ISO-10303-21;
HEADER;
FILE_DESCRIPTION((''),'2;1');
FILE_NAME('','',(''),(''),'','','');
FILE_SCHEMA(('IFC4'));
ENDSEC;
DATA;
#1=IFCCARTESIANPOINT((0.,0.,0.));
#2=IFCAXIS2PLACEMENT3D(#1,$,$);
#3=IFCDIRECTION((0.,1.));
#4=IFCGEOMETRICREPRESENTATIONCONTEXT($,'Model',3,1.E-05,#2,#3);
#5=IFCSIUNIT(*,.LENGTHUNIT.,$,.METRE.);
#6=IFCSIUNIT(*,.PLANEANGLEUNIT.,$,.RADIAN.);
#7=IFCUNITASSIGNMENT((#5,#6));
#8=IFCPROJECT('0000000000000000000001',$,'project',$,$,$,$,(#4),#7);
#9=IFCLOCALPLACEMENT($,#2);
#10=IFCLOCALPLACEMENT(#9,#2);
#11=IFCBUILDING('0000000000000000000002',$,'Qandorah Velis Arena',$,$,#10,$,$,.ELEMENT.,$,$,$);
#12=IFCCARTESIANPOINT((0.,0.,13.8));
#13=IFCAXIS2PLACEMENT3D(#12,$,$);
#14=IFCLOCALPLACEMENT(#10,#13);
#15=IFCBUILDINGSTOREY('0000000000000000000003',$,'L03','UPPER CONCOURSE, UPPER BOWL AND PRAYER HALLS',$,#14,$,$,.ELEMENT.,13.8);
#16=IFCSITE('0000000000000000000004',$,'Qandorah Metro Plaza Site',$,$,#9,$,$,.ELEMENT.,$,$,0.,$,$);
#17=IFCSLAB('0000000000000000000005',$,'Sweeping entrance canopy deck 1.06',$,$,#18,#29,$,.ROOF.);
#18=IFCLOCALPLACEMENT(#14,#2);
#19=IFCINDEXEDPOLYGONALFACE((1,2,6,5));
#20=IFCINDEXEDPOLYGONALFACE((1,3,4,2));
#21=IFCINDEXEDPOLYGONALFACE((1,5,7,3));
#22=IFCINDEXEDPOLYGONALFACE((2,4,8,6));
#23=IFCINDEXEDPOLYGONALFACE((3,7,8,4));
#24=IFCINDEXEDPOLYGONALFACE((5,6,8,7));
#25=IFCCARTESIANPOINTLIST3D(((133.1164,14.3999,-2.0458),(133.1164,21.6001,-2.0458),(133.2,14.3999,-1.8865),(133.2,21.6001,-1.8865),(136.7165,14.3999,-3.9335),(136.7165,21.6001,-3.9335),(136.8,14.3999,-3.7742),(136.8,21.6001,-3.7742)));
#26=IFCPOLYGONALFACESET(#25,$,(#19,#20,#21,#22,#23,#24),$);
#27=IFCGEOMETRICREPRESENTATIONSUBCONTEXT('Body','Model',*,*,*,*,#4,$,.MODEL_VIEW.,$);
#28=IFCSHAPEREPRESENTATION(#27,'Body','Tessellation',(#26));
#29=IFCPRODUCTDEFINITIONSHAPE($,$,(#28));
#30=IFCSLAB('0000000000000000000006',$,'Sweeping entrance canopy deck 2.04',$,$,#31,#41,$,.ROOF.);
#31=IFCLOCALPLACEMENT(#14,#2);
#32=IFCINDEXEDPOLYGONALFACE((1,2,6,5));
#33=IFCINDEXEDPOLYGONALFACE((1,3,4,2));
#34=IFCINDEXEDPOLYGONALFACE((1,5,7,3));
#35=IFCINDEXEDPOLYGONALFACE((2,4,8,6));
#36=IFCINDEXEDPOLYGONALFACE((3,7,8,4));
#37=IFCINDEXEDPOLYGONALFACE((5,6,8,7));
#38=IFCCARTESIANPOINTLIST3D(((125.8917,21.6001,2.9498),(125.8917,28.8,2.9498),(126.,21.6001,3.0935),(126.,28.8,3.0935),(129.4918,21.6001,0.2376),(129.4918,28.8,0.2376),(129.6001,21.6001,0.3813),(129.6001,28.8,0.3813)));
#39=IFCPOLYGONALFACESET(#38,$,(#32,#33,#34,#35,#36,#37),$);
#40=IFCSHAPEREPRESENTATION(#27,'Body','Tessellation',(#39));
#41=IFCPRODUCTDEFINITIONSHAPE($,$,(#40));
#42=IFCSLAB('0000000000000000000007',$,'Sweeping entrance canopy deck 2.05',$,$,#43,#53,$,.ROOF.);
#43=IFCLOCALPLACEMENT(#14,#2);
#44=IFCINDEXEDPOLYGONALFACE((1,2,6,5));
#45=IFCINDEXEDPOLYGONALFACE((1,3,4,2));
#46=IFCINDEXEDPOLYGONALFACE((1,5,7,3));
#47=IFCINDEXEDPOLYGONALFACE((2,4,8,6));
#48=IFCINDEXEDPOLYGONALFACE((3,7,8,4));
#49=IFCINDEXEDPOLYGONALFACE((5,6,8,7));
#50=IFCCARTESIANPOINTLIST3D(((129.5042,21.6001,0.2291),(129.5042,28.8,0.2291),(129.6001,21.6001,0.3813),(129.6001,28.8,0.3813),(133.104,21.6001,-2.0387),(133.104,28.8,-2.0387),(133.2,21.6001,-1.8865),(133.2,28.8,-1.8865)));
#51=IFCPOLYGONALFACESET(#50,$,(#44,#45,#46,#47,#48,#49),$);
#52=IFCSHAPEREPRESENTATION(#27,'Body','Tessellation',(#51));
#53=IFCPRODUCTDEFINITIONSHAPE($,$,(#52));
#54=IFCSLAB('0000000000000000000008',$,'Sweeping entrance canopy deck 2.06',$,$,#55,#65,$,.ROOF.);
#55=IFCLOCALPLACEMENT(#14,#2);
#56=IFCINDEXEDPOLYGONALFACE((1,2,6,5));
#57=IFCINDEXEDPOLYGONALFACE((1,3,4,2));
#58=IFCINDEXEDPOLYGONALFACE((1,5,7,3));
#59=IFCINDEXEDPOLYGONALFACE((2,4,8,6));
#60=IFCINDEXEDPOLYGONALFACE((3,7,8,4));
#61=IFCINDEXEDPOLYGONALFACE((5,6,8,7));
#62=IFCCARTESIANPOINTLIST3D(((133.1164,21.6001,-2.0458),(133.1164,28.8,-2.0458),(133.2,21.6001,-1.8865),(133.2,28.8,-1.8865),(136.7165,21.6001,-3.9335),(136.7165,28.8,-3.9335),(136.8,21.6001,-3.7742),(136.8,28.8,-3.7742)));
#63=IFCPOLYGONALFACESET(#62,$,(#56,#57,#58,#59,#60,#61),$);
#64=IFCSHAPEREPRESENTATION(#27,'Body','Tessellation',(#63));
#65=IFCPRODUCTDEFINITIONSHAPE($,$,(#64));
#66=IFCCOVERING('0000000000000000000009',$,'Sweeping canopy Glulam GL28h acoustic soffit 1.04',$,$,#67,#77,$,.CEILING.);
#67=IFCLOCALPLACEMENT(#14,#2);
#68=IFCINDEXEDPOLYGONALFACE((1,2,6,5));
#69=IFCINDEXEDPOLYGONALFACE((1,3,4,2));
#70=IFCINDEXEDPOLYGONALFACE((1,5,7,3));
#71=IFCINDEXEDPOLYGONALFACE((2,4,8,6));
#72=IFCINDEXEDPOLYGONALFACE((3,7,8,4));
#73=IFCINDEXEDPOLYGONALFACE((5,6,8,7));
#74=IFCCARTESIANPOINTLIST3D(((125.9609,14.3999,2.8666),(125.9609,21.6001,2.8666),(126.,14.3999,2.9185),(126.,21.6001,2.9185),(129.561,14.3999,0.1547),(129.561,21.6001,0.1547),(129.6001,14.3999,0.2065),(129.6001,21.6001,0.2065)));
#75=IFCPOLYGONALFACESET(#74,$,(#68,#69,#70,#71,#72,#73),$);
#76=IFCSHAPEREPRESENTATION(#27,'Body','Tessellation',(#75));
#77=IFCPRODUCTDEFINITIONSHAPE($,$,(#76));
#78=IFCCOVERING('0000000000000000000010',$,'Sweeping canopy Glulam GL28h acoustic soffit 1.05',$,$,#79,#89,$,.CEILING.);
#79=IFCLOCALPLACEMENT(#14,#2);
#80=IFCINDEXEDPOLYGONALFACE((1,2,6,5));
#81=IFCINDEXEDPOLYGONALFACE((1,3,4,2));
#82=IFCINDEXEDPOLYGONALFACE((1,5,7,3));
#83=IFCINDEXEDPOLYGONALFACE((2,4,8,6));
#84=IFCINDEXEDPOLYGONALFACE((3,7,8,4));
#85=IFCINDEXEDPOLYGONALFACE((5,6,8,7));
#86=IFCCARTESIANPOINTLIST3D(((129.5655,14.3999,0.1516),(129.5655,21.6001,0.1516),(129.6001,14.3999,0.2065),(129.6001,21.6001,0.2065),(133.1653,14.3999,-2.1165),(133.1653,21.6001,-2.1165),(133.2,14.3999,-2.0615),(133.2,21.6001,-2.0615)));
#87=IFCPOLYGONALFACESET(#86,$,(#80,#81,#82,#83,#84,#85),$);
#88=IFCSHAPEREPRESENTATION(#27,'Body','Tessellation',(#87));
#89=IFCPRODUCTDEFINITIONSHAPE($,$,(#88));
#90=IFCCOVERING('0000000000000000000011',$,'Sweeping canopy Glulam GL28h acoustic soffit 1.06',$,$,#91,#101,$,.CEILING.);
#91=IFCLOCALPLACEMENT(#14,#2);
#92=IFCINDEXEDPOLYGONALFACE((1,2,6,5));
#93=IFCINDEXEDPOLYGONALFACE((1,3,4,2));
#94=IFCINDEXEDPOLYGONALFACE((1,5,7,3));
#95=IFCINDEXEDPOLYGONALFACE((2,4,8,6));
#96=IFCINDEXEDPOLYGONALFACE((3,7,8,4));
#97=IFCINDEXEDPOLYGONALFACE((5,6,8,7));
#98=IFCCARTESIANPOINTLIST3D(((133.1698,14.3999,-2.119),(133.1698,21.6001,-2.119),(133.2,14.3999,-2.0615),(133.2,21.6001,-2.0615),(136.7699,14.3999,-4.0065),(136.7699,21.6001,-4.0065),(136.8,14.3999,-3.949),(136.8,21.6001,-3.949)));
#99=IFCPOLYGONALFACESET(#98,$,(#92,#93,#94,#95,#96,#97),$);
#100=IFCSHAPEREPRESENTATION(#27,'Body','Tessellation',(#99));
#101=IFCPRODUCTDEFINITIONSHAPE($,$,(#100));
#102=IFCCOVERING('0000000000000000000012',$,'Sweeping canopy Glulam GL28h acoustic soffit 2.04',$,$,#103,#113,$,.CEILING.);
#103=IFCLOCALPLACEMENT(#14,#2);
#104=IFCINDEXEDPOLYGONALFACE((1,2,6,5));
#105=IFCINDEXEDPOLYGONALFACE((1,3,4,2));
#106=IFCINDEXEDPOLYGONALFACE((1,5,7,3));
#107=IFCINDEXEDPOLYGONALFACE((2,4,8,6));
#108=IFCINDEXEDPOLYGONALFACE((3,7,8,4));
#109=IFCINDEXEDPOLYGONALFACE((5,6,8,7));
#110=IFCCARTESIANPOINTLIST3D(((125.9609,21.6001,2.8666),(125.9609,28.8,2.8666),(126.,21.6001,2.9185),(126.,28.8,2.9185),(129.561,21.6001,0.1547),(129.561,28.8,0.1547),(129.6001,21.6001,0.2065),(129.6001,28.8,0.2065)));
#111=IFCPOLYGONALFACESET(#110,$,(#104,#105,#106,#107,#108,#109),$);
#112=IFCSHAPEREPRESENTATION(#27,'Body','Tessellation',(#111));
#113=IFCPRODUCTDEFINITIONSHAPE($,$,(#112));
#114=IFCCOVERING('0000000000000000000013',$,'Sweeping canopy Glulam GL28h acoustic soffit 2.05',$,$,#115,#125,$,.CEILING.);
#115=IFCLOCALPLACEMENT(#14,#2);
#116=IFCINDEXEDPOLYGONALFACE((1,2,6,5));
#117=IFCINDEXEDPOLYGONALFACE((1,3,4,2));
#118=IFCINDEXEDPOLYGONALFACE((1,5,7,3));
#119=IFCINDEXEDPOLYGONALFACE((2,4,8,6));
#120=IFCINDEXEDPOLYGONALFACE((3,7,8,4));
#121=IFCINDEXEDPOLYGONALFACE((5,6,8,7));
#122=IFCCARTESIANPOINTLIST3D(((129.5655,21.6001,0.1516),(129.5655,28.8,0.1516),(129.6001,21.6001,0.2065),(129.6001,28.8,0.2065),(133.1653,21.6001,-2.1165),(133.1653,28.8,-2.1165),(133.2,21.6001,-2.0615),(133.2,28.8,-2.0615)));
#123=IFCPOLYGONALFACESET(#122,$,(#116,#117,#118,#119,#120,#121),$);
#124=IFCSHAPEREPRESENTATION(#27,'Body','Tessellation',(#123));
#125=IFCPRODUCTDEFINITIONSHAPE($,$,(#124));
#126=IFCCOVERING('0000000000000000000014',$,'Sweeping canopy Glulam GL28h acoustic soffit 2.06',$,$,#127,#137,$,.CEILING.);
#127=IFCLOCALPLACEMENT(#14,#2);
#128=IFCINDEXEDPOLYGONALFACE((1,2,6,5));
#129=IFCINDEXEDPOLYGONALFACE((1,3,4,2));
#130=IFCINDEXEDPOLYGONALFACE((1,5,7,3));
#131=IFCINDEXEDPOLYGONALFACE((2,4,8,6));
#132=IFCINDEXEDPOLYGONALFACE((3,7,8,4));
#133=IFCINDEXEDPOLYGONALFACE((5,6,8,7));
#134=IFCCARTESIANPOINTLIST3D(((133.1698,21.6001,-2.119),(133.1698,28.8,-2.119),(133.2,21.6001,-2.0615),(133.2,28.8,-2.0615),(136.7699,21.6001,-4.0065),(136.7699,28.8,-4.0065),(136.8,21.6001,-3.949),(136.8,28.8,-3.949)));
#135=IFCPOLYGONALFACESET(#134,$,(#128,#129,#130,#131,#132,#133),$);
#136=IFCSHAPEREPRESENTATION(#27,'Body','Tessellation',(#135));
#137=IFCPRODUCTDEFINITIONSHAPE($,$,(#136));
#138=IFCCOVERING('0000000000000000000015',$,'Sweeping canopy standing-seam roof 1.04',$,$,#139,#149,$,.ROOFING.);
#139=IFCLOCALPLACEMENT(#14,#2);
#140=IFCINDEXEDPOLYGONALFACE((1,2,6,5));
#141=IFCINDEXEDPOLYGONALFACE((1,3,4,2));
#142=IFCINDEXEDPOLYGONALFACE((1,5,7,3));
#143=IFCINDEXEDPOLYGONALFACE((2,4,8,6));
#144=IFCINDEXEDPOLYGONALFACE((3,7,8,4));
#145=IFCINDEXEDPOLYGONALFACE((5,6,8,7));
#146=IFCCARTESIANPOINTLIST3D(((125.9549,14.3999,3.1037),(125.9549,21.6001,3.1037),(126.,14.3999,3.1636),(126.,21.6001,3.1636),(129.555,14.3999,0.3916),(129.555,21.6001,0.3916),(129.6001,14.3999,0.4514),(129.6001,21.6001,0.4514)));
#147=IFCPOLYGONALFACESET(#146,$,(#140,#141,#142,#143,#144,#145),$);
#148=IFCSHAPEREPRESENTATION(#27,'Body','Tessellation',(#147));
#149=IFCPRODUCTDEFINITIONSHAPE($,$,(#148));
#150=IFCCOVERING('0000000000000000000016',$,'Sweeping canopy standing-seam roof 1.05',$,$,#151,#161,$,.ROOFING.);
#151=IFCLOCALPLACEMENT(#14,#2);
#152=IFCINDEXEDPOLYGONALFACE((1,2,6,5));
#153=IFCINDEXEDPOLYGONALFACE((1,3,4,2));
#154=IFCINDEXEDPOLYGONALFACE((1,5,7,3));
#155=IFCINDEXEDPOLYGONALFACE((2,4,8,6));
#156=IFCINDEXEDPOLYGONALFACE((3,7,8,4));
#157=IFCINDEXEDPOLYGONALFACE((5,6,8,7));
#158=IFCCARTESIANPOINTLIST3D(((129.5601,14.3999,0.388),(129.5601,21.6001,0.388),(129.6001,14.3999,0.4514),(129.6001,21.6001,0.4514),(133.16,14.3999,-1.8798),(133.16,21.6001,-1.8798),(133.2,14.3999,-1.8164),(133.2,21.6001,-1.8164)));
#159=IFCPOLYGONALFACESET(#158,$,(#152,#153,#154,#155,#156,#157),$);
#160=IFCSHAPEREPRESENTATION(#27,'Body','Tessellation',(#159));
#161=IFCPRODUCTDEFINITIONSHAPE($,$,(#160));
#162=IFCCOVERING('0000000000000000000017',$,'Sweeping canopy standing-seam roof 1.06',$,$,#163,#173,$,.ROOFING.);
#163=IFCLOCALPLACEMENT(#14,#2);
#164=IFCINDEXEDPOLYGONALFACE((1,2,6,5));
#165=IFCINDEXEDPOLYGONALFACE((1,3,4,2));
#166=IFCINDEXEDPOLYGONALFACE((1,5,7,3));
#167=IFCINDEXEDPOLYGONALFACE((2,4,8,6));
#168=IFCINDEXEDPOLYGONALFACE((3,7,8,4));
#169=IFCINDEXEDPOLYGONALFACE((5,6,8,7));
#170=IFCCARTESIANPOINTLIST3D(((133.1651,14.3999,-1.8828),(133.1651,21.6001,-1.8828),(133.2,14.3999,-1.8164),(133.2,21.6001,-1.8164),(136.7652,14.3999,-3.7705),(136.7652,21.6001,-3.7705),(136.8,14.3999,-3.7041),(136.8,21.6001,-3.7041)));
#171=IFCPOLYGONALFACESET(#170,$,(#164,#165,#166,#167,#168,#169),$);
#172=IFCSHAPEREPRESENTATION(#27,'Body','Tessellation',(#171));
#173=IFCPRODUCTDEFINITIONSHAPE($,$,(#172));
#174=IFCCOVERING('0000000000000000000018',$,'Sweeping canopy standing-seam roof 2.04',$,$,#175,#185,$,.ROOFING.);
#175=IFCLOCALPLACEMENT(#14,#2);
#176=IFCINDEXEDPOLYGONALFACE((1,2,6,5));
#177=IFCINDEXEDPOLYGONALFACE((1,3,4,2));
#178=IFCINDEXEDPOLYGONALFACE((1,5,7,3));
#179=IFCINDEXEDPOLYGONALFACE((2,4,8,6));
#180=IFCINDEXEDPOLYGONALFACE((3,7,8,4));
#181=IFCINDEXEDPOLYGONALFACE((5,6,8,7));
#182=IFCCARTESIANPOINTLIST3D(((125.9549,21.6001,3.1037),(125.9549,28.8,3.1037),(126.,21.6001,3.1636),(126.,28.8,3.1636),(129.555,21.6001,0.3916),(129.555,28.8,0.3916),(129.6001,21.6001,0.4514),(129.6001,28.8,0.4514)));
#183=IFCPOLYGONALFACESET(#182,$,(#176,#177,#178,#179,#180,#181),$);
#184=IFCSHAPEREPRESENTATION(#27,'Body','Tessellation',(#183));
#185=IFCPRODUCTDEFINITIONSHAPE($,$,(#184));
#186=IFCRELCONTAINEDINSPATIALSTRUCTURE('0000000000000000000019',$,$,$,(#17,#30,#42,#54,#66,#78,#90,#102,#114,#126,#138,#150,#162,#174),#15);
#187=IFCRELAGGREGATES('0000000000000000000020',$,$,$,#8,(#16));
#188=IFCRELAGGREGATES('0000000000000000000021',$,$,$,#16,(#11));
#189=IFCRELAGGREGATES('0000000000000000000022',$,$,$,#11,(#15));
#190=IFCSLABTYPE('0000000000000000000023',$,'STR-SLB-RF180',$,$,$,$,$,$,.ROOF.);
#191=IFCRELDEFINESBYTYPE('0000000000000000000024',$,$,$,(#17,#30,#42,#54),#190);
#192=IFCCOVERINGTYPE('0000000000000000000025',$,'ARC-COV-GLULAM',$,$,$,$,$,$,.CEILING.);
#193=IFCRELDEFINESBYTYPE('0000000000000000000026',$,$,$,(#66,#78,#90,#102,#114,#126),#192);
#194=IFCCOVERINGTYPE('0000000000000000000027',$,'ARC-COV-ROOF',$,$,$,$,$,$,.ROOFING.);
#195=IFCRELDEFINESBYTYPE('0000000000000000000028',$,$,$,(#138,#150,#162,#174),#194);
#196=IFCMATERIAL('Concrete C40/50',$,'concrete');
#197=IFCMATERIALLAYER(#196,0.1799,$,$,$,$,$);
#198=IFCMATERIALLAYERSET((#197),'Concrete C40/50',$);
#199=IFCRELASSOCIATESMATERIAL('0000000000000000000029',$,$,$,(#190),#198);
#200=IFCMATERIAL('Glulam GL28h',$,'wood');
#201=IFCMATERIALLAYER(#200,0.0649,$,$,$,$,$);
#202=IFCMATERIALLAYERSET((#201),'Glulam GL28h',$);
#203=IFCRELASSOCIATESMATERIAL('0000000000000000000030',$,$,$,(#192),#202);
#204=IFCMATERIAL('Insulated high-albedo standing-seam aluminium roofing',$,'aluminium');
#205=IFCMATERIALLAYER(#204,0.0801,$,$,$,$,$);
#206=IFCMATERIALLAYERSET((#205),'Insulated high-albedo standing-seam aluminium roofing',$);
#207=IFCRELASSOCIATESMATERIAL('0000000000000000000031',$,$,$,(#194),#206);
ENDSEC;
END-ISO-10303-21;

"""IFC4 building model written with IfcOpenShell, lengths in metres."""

from ifc_helpers import new_model, si_unit, direction, frame, origin, place, context, subcontext, project, spatial, polyline, outline, extrude, material, layer, layer_set, type_object, element, save


model = new_model("IFC4")

# Units and contexts
model_context = context("Model", 3, precision=1e-05, world=origin(), true_north=direction((0.0, 1.0)))
body_context = subcontext(model_context, "Body", "Model", "MODEL_VIEW")
ifc_project = project(units=[si_unit("LENGTHUNIT", "METRE"), si_unit("PLANEANGLEUNIT", "RADIAN")], contexts=[model_context])

# Site, building, storey
site_placement = place(None, origin())
site = spatial("IfcSite", under=ifc_project, at=site_placement, Name="Qandorah Metro Plaza Site", CompositionType="ELEMENT", RefElevation=0.0)
building_placement = place(site_placement, origin())
building = spatial("IfcBuilding", under=site, at=building_placement, Name="Qandorah Velis Arena", CompositionType="ELEMENT")
storey_placement = place(building_placement, frame((0.0, 0.0, 13.8)))
storey = spatial("IfcBuildingStorey", under=building, at=storey_placement, Name="L03", Description="UPPER CONCOURSE, UPPER BOWL AND PRAYER HALLS", CompositionType="ELEMENT", Elevation=13.8)

# Slabs
ifc_material_1 = material(Name="Concrete C40/50", Category="concrete")
ifc_layer_1 = layer(ifc_material_1, 0.1799)
ifc_layer_set_1 = layer_set([ifc_layer_1], Name="Concrete C40/50")
slab_type = type_object("IfcSlabType", Name="STR-SLB-RF180", PredefinedType="ROOF", material=ifc_layer_set_1)
slab_1_placement = place(storey_placement, frame((133.2, 14.3999, -1.8865), z_axis=(0.464379, 0.0, 0.885636), x_axis=(0.885636, 0.0, -0.464379)))
element("IfcSlab", 1, at=slab_1_placement, inside=storey, type_object=slab_type, Name="Sweeping entrance canopy deck 1.06", PredefinedType="ROOF", context=body_context, shape_type="SweptSolid", body=[
    extrude(outline(polyline([(0.0, 0.0), (4.065, 0.0), (4.065, 7.2002), (0.0, 7.2002), (0.0, 0.0)])), origin(), (0.0, 0.0, -1.0), 0.1799),
])
slab_2_placement = place(storey_placement, frame((126.0, 21.6001, 3.0935), z_axis=(0.601715, 0.0, 0.798711), x_axis=(0.798711, 0.0, -0.601715)))
element("IfcSlab", 2, at=slab_2_placement, inside=storey, type_object=slab_type, Name="Sweeping entrance canopy deck 2.04", PredefinedType="ROOF", context=body_context, shape_type="SweptSolid", body=[
    extrude(outline(polyline([(0.0, 0.0), (4.5074, 0.0), (4.5074, 7.2), (0.0, 7.2), (0.0, 0.0)])), origin(), (0.0, 0.0, -1.0), 0.1799),
])
slab_3_placement = place(storey_placement, frame((129.6001, 21.6001, 0.3813), z_axis=(0.533023, 0.0, 0.846101), x_axis=(0.846101, 0.0, -0.533023)))
element("IfcSlab", 3, at=slab_3_placement, inside=storey, type_object=slab_type, Name="Sweeping entrance canopy deck 2.05", PredefinedType="ROOF", context=body_context, shape_type="SweptSolid", body=[
    extrude(outline(polyline([(0.0, 0.0), (4.2546, 0.0), (4.2546, 7.2), (0.0, 7.2), (0.0, 0.0)])), origin(), (0.0, 0.0, -1.0), 0.1799),
])
slab_4_placement = place(storey_placement, frame((133.2, 21.6001, -1.8865), z_axis=(0.464379, 0.0, 0.885636), x_axis=(0.885636, 0.0, -0.464379)))
element("IfcSlab", 4, at=slab_4_placement, inside=storey, type_object=slab_type, Name="Sweeping entrance canopy deck 2.06", PredefinedType="ROOF", context=body_context, shape_type="SweptSolid", body=[
    extrude(outline(polyline([(0.0, 0.0), (4.065, 0.0), (4.065, 7.2), (0.0, 7.2), (0.0, 0.0)])), origin(), (0.0, 0.0, -1.0), 0.1799),
])

# Coverings
ifc_material_2 = material(Name="Glulam GL28h", Category="wood")
ifc_layer_2 = layer(ifc_material_2, 0.0649)
ifc_layer_set_2 = layer_set([ifc_layer_2], Name="Glulam GL28h")
covering_type_1 = type_object("IfcCoveringType", Name="ARC-COV-GLULAM", PredefinedType="CEILING", material=ifc_layer_set_2)
covering_1_placement = place(storey_placement, frame((126.0, 14.3999, 2.9185), z_axis=(0.60168, 0.0, 0.798737), x_axis=(0.798737, 0.0, -0.60168)))
element("IfcCovering", 5, at=covering_1_placement, inside=storey, type_object=covering_type_1, Name="Sweeping canopy Glulam GL28h acoustic soffit 1.04", PredefinedType="CEILING", context=body_context, shape_type="SweptSolid", body=[
    extrude(outline(polyline([(0.0, 0.0), (4.5072, 0.0), (4.5072, 7.2002), (0.0, 7.2002), (0.0, 0.0)])), origin(), (0.0, 0.0, -1.0), 0.0649),
])
covering_2_placement = place(storey_placement, frame((129.6001, 14.3999, 0.2065), z_axis=(0.533064, 0.0, 0.846075), x_axis=(0.846075, 0.0, -0.533064)))
element("IfcCovering", 6, at=covering_2_placement, inside=storey, type_object=covering_type_1, Name="Sweeping canopy Glulam GL28h acoustic soffit 1.05", PredefinedType="CEILING", context=body_context, shape_type="SweptSolid", body=[
    extrude(outline(polyline([(0.0, 0.0), (4.2548, 0.0), (4.2548, 7.2002), (0.0, 7.2002), (0.0, 0.0)])), origin(), (0.0, 0.0, -1.0), 0.0649),
])
covering_3_placement = place(storey_placement, frame((133.2, 14.3999, -2.0615), z_axis=(0.464332, 0.0, 0.885661), x_axis=(0.885661, 0.0, -0.464332)))
element("IfcCovering", 7, at=covering_3_placement, inside=storey, type_object=covering_type_1, Name="Sweeping canopy Glulam GL28h acoustic soffit 1.06", PredefinedType="CEILING", context=body_context, shape_type="SweptSolid", body=[
    extrude(outline(polyline([(0.0, 0.0), (4.0649, 0.0), (4.0649, 7.2002), (0.0, 7.2002), (0.0, 0.0)])), origin(), (0.0, 0.0, -1.0), 0.0649),
])
covering_4_placement = place(storey_placement, frame((126.0, 21.6001, 2.9185), z_axis=(0.60168, 0.0, 0.798737), x_axis=(0.798737, 0.0, -0.60168)))
element("IfcCovering", 8, at=covering_4_placement, inside=storey, type_object=covering_type_1, Name="Sweeping canopy Glulam GL28h acoustic soffit 2.04", PredefinedType="CEILING", context=body_context, shape_type="SweptSolid", body=[
    extrude(outline(polyline([(0.0, 0.0), (4.5072, 0.0), (4.5072, 7.2), (0.0, 7.2), (0.0, 0.0)])), origin(), (0.0, 0.0, -1.0), 0.0649),
])
covering_5_placement = place(storey_placement, frame((129.6001, 21.6001, 0.2065), z_axis=(0.533064, 0.0, 0.846075), x_axis=(0.846075, 0.0, -0.533064)))
element("IfcCovering", 9, at=covering_5_placement, inside=storey, type_object=covering_type_1, Name="Sweeping canopy Glulam GL28h acoustic soffit 2.05", PredefinedType="CEILING", context=body_context, shape_type="SweptSolid", body=[
    extrude(outline(polyline([(0.0, 0.0), (4.2548, 0.0), (4.2548, 7.2), (0.0, 7.2), (0.0, 0.0)])), origin(), (0.0, 0.0, -1.0), 0.0649),
])
covering_6_placement = place(storey_placement, frame((133.2, 21.6001, -2.0615), z_axis=(0.464332, 0.0, 0.885661), x_axis=(0.885661, 0.0, -0.464332)))
element("IfcCovering", 10, at=covering_6_placement, inside=storey, type_object=covering_type_1, Name="Sweeping canopy Glulam GL28h acoustic soffit 2.06", PredefinedType="CEILING", context=body_context, shape_type="SweptSolid", body=[
    extrude(outline(polyline([(0.0, 0.0), (4.0649, 0.0), (4.0649, 7.2), (0.0, 7.2), (0.0, 0.0)])), origin(), (0.0, 0.0, -1.0), 0.0649),
])
ifc_material_3 = material(Name="Insulated high-albedo standing-seam aluminium roofing", Category="aluminium")
ifc_layer_3 = layer(ifc_material_3, 0.0801)
ifc_layer_set_3 = layer_set([ifc_layer_3], Name="Insulated high-albedo standing-seam aluminium roofing")
covering_type_2 = type_object("IfcCoveringType", Name="ARC-COV-ROOF", PredefinedType="ROOFING", material=ifc_layer_set_3)
covering_7_placement = place(storey_placement, frame((126.0, 14.3999, 3.1636), z_axis=(0.601715, 0.0, 0.798711), x_axis=(0.798711, 0.0, -0.601715)))
element("IfcCovering", 11, at=covering_7_placement, inside=storey, type_object=covering_type_2, Name="Sweeping canopy standing-seam roof 1.04", PredefinedType="ROOFING", context=body_context, shape_type="SweptSolid", body=[
    extrude(outline(polyline([(0.0, 0.0), (4.5074, 0.0), (4.5074, 7.2002), (0.0, 7.2002), (0.0, 0.0)])), origin(), (0.0, 0.0, -1.0), 0.075),
])
covering_8_placement = place(storey_placement, frame((129.6001, 14.3999, 0.4514), z_axis=(0.533023, 0.0, 0.846101), x_axis=(0.846101, 0.0, -0.533023)))
element("IfcCovering", 12, at=covering_8_placement, inside=storey, type_object=covering_type_2, Name="Sweeping canopy standing-seam roof 1.05", PredefinedType="ROOFING", context=body_context, shape_type="SweptSolid", body=[
    extrude(outline(polyline([(0.0, 0.0), (4.2546, 0.0), (4.2546, 7.2002), (0.0, 7.2002), (0.0, 0.0)])), origin(), (0.0, 0.0, -1.0), 0.075),
])
covering_9_placement = place(storey_placement, frame((133.2, 14.3999, -1.8164), z_axis=(0.464379, 0.0, 0.885636), x_axis=(0.885636, 0.0, -0.464379)))
element("IfcCovering", 13, at=covering_9_placement, inside=storey, type_object=covering_type_2, Name="Sweeping canopy standing-seam roof 1.06", PredefinedType="ROOFING", context=body_context, shape_type="SweptSolid", body=[
    extrude(outline(polyline([(0.0, 0.0), (4.065, 0.0), (4.065, 7.2002), (0.0, 7.2002), (0.0, 0.0)])), origin(), (0.0, 0.0, -1.0), 0.075),
])
covering_10_placement = place(storey_placement, frame((126.0, 21.6001, 3.1636), z_axis=(0.601715, 0.0, 0.798711), x_axis=(0.798711, 0.0, -0.601715)))
element("IfcCovering", 14, at=covering_10_placement, inside=storey, type_object=covering_type_2, Name="Sweeping canopy standing-seam roof 2.04", PredefinedType="ROOFING", context=body_context, shape_type="SweptSolid", body=[
    extrude(outline(polyline([(0.0, 0.0), (4.5074, 0.0), (4.5074, 7.2), (0.0, 7.2), (0.0, 0.0)])), origin(), (0.0, 0.0, -1.0), 0.075),
])

save(model, "model.ifc")
